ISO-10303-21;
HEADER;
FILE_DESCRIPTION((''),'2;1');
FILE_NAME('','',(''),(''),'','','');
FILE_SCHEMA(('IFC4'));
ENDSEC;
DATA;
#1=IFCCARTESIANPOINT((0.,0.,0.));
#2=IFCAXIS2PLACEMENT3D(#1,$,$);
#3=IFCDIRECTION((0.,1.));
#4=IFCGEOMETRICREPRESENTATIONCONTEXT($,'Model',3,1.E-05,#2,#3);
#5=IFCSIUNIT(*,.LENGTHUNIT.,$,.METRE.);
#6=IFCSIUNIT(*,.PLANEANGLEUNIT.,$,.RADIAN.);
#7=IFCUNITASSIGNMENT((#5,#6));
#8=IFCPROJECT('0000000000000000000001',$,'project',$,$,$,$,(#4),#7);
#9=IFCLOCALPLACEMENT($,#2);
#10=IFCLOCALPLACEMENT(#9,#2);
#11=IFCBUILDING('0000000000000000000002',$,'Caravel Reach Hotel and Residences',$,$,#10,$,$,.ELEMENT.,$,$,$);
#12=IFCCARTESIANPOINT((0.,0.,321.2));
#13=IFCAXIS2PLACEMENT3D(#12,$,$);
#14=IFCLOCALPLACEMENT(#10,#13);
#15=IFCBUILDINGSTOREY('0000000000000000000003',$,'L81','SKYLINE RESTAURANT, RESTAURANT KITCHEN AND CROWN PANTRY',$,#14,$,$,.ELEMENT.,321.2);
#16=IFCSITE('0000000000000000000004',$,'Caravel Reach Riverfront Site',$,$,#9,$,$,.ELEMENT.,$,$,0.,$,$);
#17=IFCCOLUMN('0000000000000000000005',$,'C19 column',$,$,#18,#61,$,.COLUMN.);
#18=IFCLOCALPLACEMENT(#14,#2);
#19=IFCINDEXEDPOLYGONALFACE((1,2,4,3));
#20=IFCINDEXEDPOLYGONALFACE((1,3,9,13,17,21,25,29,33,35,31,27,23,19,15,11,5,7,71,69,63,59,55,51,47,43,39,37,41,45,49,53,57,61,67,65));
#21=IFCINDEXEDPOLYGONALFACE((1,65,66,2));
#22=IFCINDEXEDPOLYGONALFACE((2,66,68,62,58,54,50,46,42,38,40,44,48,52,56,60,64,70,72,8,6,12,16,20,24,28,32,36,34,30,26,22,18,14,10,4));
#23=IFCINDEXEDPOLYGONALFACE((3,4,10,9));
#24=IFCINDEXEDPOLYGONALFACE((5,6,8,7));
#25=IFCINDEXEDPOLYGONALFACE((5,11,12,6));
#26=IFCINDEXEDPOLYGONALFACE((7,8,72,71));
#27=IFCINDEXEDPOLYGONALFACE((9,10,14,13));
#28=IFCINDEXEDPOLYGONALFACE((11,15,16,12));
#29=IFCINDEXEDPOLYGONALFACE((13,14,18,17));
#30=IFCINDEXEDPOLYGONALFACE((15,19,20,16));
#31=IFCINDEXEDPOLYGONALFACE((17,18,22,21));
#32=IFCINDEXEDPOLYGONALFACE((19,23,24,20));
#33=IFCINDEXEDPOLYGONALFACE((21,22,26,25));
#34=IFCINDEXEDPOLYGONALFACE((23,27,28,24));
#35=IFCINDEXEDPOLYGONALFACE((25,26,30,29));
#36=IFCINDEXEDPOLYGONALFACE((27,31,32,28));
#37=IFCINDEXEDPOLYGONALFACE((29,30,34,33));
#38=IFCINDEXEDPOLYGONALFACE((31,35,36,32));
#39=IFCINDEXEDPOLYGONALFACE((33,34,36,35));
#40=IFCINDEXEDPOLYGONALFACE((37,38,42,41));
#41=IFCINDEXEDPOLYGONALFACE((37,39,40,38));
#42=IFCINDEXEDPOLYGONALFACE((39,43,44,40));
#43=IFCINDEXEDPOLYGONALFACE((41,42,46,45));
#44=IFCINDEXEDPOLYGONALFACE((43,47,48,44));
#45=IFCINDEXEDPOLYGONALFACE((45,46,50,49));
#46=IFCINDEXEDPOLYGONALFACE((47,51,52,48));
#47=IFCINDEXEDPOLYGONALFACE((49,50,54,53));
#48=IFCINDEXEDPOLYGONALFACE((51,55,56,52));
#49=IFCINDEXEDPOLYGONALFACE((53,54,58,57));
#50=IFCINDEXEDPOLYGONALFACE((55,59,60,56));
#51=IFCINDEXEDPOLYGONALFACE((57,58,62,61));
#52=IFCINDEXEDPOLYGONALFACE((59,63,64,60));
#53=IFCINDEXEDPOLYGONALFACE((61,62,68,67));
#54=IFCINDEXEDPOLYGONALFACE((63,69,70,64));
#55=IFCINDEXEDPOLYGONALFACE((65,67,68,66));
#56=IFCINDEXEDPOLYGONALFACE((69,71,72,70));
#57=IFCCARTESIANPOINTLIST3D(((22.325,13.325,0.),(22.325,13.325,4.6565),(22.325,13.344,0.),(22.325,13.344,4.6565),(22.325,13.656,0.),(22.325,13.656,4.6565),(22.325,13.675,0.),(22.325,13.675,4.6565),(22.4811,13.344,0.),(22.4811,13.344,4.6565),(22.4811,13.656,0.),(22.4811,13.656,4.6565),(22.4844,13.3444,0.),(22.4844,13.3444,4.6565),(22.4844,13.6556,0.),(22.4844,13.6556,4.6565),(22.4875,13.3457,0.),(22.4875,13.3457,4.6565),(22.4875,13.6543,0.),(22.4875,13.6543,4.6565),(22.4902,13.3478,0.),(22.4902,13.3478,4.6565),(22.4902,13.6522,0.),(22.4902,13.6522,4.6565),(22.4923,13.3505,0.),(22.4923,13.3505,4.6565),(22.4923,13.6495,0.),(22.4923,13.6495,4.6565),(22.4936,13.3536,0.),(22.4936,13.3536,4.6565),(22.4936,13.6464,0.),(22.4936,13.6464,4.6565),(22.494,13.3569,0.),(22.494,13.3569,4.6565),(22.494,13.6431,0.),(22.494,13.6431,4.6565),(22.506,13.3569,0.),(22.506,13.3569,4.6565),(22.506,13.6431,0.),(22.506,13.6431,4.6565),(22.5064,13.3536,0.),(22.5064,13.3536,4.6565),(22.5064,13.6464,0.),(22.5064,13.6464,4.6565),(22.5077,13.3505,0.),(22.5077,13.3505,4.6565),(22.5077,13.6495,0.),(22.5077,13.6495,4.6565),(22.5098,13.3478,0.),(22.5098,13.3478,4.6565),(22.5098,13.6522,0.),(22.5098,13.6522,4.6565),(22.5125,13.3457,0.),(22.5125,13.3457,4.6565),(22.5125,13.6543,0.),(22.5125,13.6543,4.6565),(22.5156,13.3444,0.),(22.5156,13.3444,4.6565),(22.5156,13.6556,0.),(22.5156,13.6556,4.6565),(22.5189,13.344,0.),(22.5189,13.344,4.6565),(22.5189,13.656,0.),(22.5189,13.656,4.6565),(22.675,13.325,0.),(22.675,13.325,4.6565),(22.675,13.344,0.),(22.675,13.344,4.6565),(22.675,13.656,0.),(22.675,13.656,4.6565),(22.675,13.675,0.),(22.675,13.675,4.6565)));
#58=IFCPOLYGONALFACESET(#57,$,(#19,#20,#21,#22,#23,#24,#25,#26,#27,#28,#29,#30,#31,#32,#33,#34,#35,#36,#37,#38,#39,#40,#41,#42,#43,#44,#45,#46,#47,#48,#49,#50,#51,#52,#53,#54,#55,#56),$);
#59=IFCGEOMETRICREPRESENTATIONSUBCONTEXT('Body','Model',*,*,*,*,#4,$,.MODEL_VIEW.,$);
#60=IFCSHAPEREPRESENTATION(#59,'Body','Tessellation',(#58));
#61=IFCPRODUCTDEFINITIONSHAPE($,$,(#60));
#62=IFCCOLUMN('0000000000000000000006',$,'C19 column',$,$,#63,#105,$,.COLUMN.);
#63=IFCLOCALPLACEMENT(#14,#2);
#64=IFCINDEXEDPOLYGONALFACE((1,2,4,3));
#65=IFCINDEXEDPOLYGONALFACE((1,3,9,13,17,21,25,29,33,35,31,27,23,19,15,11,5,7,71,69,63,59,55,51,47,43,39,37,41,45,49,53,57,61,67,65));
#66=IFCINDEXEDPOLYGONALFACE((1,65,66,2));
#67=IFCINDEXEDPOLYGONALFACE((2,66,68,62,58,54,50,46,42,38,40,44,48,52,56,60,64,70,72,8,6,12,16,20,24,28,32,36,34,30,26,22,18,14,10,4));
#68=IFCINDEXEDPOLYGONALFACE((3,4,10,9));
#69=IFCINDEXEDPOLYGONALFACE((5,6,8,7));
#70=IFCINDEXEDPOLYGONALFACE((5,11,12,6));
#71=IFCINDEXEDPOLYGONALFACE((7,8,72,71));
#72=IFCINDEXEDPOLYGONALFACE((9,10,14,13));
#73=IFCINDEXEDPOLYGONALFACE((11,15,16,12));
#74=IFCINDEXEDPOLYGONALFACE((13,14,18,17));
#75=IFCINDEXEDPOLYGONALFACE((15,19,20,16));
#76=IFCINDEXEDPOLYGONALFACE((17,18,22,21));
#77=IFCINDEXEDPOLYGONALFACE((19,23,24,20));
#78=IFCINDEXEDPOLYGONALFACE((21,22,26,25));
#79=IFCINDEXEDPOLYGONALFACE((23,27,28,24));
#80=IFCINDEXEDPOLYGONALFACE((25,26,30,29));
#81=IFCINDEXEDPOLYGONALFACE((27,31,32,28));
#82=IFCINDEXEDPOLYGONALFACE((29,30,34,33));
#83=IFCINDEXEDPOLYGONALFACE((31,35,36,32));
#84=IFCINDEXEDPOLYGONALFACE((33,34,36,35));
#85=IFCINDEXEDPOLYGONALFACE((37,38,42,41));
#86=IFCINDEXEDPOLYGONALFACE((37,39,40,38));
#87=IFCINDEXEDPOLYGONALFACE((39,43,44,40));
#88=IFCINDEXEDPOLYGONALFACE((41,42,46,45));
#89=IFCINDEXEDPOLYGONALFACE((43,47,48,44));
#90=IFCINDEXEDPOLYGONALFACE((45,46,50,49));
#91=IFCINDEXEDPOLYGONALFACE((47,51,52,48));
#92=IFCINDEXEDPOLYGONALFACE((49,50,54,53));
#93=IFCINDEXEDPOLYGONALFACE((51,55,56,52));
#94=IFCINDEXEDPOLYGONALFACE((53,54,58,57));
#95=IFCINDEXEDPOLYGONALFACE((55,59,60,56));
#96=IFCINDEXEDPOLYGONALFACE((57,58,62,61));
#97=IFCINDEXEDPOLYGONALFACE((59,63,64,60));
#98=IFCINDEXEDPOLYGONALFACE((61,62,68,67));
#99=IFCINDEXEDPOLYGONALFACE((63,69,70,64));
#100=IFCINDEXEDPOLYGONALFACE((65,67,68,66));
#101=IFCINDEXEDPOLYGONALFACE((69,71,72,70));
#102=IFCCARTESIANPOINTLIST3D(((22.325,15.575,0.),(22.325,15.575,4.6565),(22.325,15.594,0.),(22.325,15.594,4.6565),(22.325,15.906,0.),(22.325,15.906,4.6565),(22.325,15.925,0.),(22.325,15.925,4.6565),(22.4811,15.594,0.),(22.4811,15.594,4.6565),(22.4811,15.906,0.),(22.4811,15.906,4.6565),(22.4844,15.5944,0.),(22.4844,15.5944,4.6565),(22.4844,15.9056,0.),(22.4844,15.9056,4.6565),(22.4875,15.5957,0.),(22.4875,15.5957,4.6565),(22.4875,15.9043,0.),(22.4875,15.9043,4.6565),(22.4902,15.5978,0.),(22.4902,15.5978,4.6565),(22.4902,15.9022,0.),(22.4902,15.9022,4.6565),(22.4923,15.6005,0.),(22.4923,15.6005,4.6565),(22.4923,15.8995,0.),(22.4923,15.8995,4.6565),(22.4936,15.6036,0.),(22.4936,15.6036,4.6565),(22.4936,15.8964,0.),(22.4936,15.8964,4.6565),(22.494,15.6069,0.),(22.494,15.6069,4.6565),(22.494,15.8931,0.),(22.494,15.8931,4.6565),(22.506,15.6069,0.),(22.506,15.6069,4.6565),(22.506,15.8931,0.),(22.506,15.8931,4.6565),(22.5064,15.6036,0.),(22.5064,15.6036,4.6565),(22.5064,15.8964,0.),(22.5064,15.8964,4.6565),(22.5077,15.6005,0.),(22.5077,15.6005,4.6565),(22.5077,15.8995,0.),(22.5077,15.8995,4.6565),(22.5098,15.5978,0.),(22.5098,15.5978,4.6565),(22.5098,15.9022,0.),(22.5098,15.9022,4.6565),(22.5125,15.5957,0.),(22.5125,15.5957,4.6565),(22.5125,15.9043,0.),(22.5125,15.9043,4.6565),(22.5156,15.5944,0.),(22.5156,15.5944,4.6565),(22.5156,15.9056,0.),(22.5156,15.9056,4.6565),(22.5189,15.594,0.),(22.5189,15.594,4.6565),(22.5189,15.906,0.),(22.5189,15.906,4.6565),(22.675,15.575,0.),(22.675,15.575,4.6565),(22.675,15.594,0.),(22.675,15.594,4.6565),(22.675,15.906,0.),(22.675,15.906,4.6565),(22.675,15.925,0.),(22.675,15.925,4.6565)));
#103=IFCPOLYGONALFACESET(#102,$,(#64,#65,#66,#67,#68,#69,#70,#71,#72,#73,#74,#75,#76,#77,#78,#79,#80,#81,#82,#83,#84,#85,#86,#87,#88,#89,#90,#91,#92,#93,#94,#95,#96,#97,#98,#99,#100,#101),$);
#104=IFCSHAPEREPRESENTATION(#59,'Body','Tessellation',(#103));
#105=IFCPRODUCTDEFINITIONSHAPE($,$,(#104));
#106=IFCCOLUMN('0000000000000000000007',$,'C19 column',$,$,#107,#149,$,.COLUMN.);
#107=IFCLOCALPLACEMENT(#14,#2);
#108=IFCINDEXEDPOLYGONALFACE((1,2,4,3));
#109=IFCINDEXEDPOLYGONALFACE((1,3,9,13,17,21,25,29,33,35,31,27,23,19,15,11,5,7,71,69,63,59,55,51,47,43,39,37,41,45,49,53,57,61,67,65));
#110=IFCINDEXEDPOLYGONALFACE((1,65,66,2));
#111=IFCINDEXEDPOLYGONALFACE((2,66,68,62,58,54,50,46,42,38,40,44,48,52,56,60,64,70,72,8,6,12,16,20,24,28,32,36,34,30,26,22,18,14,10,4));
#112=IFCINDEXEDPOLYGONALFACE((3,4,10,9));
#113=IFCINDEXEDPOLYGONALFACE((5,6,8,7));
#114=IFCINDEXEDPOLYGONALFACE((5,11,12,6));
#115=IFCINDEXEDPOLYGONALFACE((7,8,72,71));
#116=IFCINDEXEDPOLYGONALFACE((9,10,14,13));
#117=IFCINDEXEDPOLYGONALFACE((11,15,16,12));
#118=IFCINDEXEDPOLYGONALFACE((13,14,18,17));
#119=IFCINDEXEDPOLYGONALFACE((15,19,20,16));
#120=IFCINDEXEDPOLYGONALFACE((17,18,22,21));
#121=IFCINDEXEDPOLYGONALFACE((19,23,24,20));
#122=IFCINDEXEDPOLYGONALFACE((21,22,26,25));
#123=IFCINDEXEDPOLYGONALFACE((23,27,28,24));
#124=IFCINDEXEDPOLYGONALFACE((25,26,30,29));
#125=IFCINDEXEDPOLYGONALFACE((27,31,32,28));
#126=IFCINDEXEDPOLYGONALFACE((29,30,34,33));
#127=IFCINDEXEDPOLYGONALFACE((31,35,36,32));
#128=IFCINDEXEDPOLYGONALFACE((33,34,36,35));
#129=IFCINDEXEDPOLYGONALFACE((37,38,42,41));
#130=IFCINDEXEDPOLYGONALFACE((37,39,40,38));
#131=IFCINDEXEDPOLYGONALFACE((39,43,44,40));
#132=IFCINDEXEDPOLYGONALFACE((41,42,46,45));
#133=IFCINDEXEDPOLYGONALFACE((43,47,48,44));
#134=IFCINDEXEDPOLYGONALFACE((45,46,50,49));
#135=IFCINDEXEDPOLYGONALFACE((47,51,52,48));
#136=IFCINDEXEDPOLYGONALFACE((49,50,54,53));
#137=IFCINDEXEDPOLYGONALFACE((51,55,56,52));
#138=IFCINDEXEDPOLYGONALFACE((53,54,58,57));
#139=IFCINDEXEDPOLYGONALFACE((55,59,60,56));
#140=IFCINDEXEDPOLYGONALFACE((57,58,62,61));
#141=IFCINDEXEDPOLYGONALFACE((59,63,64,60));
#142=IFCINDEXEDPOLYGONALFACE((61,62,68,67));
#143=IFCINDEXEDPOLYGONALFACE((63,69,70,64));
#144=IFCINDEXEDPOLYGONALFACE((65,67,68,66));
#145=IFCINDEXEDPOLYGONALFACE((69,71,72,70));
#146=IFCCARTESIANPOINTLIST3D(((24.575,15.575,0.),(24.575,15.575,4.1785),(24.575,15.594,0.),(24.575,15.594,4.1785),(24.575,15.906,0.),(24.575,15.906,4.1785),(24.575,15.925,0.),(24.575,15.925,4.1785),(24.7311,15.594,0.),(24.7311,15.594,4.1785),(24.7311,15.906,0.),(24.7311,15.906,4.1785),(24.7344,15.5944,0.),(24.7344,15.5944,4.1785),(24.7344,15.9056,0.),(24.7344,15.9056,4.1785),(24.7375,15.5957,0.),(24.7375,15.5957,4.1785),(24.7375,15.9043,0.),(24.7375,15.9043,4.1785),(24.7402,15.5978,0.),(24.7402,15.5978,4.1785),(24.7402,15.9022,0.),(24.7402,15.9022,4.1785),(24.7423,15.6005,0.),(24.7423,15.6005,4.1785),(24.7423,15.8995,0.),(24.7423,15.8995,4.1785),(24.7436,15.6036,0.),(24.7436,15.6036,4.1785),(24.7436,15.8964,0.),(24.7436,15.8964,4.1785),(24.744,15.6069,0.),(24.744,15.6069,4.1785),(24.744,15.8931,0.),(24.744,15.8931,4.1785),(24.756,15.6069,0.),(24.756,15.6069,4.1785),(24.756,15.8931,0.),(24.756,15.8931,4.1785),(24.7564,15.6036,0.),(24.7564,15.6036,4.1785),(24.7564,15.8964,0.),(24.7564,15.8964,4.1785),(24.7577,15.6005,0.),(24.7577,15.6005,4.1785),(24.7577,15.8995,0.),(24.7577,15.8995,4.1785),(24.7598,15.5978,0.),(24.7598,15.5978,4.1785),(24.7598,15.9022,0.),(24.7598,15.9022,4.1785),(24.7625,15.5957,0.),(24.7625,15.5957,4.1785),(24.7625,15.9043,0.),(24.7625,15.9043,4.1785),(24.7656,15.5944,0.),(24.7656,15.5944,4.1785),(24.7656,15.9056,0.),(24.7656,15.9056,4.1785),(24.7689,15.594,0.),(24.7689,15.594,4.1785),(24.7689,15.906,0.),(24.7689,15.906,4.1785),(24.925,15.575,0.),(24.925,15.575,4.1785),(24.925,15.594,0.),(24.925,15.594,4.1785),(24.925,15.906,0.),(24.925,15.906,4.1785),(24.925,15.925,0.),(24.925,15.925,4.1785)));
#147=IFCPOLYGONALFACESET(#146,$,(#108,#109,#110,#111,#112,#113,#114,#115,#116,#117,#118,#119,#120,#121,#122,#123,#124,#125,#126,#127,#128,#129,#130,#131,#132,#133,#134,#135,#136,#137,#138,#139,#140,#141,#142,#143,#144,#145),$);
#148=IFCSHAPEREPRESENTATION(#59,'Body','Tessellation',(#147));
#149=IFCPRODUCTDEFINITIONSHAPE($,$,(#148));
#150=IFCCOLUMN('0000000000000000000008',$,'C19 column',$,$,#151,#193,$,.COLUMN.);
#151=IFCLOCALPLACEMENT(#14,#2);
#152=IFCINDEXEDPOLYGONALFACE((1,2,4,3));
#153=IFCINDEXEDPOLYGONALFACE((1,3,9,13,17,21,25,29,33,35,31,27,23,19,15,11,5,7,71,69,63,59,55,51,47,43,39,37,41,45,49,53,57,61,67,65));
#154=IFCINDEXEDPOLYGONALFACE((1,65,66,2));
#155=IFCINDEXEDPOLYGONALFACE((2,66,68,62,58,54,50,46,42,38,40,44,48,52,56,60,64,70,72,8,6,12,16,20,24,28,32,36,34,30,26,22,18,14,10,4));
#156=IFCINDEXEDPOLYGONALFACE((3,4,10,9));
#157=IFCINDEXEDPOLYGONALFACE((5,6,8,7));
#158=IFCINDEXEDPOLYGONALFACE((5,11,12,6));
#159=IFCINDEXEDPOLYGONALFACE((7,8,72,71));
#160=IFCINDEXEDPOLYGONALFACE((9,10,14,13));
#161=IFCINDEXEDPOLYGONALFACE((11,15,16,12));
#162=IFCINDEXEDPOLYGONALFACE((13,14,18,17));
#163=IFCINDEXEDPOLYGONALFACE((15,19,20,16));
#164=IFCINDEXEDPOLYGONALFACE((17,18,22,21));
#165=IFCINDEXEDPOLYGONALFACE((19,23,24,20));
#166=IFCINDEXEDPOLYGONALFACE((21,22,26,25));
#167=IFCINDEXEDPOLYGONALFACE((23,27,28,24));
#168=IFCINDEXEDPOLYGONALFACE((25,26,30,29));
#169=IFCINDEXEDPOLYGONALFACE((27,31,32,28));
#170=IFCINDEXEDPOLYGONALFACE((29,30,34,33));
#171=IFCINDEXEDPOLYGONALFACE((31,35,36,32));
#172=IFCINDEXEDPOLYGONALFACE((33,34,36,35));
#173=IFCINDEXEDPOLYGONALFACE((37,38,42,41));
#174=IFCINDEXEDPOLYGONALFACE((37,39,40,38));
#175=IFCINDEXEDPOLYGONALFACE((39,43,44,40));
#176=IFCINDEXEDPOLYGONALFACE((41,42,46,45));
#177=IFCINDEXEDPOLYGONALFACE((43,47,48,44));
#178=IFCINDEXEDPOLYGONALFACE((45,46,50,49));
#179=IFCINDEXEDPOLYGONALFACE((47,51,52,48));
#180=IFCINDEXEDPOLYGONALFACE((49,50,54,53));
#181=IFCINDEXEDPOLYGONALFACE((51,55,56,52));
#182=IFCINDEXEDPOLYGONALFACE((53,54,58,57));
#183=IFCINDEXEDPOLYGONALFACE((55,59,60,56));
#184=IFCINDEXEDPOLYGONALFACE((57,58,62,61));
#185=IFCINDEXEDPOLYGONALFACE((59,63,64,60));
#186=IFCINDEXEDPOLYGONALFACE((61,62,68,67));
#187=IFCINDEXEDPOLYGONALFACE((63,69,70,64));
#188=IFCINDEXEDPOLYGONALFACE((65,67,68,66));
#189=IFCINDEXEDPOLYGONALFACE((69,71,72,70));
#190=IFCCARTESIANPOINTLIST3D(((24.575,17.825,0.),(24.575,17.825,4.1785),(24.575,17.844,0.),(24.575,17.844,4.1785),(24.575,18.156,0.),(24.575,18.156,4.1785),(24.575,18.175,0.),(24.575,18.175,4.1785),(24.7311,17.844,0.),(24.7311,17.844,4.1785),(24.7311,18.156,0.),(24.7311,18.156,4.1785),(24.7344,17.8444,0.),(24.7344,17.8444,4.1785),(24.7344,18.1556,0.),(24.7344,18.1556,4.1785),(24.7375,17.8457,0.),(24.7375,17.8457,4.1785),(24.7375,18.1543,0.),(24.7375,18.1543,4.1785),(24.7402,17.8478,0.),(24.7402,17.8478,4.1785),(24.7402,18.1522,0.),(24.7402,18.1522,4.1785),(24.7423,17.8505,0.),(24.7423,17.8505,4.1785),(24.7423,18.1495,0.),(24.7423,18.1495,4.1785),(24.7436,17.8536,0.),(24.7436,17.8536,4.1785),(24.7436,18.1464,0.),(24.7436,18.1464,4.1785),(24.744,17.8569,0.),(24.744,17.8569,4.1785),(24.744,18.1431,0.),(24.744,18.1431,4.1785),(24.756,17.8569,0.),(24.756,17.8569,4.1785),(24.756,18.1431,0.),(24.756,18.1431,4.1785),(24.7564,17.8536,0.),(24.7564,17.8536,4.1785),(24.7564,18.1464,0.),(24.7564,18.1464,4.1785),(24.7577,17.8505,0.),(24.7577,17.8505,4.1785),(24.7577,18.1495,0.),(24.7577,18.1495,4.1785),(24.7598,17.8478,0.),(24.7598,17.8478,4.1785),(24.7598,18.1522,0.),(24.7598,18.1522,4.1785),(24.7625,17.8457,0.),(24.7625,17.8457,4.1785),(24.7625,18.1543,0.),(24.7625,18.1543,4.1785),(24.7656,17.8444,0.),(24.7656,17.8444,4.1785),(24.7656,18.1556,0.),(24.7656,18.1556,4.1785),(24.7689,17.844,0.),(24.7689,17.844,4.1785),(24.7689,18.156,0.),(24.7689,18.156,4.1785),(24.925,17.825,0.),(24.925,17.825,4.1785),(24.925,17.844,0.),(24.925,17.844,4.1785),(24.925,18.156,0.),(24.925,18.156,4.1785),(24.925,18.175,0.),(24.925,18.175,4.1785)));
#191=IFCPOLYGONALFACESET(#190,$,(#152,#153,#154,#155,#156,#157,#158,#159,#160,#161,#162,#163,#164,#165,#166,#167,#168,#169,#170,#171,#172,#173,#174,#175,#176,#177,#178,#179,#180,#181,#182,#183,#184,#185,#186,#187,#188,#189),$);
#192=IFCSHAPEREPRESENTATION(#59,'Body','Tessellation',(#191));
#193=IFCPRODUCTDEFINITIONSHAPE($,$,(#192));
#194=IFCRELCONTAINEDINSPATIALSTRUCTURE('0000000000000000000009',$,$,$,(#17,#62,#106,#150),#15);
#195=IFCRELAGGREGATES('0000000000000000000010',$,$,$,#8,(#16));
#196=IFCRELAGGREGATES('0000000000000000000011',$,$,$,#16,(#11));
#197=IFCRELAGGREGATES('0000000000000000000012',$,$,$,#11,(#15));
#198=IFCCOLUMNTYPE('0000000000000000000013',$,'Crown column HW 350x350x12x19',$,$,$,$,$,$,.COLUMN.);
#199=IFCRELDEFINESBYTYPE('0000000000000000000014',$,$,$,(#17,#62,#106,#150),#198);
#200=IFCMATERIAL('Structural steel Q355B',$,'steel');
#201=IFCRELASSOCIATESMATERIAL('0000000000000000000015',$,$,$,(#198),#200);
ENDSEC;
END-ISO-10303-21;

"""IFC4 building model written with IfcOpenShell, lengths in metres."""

from ifc_helpers import new_model, si_unit, direction, frame, origin, origin_2d, place, context, subcontext, project, spatial, i_section, extrude, material, material_profile, profile_set, type_object, element, save


model = new_model("IFC4")

# Units and contexts
model_context = context("Model", 3, precision=1e-05, world=origin(), true_north=direction((0.0, 1.0)))
body_context = subcontext(model_context, "Body", "Model", "MODEL_VIEW")
ifc_project = project(units=[si_unit("LENGTHUNIT", "METRE"), si_unit("PLANEANGLEUNIT", "RADIAN")], contexts=[model_context])

# Site, building, storey
site_placement = place(None, origin())
site = spatial("IfcSite", under=ifc_project, at=site_placement, Name="Caravel Reach Riverfront Site", CompositionType="ELEMENT", RefElevation=0.0)
building_placement = place(site_placement, origin())
building = spatial("IfcBuilding", under=site, at=building_placement, Name="Caravel Reach Hotel and Residences", CompositionType="ELEMENT")
storey_placement = place(building_placement, frame((0.0, 0.0, 321.2)))
storey = spatial("IfcBuildingStorey", under=building, at=storey_placement, Name="L81", Description="SKYLINE RESTAURANT, RESTAURANT KITCHEN AND CROWN PANTRY", CompositionType="ELEMENT", Elevation=321.2)

# Columns
ifc_material_1 = material(Name="Structural steel Q355B", Category="steel")
ifc_material_profile_1 = material_profile(ifc_material_1, i_section(OverallWidth=0.3501, OverallDepth=0.3501, WebThickness=0.012, FlangeThickness=0.019, FilletRadius=0.0129, at=origin_2d()), Name="HW 350x350x12x19")
ifc_profile_set_1 = profile_set([ifc_material_profile_1], Name="Structural steel Q355B")
column_type = type_object("IfcColumnType", Name="Crown column HW 350x350x12x19", PredefinedType="COLUMN", material=ifc_profile_set_1)
for number, where, z_axis, x_axis, name in (
    (1, (22.5, 13.5, 0.0), (0.0, 0.0, 1.0), (1.0, 0.0, 0.0), "C19 column"),
    (2, (22.5, 15.75, 0.0), (0.0, 0.0, 1.0), (1.0, 0.0, 0.0), "C19 column"),
):
    element("IfcColumn", number, at=place(storey_placement, frame(where, z_axis=z_axis, x_axis=x_axis)), inside=storey, type_object=column_type, Name=name, PredefinedType="COLUMN", context=body_context, shape_type="SweptSolid", body=[
        extrude(i_section(OverallWidth=0.3501, OverallDepth=0.3501, WebThickness=0.012, FlangeThickness=0.019, FilletRadius=0.0129, at=origin_2d()), origin(), (0.0, 0.0, 1.0), 4.6565),
    ])
for number, where, z_axis, x_axis, name in (
    (3, (24.75, 15.75, 0.0), (0.0, 0.0, 1.0), (1.0, 0.0, 0.0), "C19 column"),
    (4, (24.75, 18.0, 0.0), (0.0, 0.0, 1.0), (1.0, 0.0, 0.0), "C19 column"),
):
    element("IfcColumn", number, at=place(storey_placement, frame(where, z_axis=z_axis, x_axis=x_axis)), inside=storey, type_object=column_type, Name=name, PredefinedType="COLUMN", context=body_context, shape_type="SweptSolid", body=[
        extrude(i_section(OverallWidth=0.3501, OverallDepth=0.3501, WebThickness=0.012, FlangeThickness=0.019, FilletRadius=0.0129, at=origin_2d()), origin(), (0.0, 0.0, 1.0), 4.1785),
    ])

save(model, "model.ifc")
